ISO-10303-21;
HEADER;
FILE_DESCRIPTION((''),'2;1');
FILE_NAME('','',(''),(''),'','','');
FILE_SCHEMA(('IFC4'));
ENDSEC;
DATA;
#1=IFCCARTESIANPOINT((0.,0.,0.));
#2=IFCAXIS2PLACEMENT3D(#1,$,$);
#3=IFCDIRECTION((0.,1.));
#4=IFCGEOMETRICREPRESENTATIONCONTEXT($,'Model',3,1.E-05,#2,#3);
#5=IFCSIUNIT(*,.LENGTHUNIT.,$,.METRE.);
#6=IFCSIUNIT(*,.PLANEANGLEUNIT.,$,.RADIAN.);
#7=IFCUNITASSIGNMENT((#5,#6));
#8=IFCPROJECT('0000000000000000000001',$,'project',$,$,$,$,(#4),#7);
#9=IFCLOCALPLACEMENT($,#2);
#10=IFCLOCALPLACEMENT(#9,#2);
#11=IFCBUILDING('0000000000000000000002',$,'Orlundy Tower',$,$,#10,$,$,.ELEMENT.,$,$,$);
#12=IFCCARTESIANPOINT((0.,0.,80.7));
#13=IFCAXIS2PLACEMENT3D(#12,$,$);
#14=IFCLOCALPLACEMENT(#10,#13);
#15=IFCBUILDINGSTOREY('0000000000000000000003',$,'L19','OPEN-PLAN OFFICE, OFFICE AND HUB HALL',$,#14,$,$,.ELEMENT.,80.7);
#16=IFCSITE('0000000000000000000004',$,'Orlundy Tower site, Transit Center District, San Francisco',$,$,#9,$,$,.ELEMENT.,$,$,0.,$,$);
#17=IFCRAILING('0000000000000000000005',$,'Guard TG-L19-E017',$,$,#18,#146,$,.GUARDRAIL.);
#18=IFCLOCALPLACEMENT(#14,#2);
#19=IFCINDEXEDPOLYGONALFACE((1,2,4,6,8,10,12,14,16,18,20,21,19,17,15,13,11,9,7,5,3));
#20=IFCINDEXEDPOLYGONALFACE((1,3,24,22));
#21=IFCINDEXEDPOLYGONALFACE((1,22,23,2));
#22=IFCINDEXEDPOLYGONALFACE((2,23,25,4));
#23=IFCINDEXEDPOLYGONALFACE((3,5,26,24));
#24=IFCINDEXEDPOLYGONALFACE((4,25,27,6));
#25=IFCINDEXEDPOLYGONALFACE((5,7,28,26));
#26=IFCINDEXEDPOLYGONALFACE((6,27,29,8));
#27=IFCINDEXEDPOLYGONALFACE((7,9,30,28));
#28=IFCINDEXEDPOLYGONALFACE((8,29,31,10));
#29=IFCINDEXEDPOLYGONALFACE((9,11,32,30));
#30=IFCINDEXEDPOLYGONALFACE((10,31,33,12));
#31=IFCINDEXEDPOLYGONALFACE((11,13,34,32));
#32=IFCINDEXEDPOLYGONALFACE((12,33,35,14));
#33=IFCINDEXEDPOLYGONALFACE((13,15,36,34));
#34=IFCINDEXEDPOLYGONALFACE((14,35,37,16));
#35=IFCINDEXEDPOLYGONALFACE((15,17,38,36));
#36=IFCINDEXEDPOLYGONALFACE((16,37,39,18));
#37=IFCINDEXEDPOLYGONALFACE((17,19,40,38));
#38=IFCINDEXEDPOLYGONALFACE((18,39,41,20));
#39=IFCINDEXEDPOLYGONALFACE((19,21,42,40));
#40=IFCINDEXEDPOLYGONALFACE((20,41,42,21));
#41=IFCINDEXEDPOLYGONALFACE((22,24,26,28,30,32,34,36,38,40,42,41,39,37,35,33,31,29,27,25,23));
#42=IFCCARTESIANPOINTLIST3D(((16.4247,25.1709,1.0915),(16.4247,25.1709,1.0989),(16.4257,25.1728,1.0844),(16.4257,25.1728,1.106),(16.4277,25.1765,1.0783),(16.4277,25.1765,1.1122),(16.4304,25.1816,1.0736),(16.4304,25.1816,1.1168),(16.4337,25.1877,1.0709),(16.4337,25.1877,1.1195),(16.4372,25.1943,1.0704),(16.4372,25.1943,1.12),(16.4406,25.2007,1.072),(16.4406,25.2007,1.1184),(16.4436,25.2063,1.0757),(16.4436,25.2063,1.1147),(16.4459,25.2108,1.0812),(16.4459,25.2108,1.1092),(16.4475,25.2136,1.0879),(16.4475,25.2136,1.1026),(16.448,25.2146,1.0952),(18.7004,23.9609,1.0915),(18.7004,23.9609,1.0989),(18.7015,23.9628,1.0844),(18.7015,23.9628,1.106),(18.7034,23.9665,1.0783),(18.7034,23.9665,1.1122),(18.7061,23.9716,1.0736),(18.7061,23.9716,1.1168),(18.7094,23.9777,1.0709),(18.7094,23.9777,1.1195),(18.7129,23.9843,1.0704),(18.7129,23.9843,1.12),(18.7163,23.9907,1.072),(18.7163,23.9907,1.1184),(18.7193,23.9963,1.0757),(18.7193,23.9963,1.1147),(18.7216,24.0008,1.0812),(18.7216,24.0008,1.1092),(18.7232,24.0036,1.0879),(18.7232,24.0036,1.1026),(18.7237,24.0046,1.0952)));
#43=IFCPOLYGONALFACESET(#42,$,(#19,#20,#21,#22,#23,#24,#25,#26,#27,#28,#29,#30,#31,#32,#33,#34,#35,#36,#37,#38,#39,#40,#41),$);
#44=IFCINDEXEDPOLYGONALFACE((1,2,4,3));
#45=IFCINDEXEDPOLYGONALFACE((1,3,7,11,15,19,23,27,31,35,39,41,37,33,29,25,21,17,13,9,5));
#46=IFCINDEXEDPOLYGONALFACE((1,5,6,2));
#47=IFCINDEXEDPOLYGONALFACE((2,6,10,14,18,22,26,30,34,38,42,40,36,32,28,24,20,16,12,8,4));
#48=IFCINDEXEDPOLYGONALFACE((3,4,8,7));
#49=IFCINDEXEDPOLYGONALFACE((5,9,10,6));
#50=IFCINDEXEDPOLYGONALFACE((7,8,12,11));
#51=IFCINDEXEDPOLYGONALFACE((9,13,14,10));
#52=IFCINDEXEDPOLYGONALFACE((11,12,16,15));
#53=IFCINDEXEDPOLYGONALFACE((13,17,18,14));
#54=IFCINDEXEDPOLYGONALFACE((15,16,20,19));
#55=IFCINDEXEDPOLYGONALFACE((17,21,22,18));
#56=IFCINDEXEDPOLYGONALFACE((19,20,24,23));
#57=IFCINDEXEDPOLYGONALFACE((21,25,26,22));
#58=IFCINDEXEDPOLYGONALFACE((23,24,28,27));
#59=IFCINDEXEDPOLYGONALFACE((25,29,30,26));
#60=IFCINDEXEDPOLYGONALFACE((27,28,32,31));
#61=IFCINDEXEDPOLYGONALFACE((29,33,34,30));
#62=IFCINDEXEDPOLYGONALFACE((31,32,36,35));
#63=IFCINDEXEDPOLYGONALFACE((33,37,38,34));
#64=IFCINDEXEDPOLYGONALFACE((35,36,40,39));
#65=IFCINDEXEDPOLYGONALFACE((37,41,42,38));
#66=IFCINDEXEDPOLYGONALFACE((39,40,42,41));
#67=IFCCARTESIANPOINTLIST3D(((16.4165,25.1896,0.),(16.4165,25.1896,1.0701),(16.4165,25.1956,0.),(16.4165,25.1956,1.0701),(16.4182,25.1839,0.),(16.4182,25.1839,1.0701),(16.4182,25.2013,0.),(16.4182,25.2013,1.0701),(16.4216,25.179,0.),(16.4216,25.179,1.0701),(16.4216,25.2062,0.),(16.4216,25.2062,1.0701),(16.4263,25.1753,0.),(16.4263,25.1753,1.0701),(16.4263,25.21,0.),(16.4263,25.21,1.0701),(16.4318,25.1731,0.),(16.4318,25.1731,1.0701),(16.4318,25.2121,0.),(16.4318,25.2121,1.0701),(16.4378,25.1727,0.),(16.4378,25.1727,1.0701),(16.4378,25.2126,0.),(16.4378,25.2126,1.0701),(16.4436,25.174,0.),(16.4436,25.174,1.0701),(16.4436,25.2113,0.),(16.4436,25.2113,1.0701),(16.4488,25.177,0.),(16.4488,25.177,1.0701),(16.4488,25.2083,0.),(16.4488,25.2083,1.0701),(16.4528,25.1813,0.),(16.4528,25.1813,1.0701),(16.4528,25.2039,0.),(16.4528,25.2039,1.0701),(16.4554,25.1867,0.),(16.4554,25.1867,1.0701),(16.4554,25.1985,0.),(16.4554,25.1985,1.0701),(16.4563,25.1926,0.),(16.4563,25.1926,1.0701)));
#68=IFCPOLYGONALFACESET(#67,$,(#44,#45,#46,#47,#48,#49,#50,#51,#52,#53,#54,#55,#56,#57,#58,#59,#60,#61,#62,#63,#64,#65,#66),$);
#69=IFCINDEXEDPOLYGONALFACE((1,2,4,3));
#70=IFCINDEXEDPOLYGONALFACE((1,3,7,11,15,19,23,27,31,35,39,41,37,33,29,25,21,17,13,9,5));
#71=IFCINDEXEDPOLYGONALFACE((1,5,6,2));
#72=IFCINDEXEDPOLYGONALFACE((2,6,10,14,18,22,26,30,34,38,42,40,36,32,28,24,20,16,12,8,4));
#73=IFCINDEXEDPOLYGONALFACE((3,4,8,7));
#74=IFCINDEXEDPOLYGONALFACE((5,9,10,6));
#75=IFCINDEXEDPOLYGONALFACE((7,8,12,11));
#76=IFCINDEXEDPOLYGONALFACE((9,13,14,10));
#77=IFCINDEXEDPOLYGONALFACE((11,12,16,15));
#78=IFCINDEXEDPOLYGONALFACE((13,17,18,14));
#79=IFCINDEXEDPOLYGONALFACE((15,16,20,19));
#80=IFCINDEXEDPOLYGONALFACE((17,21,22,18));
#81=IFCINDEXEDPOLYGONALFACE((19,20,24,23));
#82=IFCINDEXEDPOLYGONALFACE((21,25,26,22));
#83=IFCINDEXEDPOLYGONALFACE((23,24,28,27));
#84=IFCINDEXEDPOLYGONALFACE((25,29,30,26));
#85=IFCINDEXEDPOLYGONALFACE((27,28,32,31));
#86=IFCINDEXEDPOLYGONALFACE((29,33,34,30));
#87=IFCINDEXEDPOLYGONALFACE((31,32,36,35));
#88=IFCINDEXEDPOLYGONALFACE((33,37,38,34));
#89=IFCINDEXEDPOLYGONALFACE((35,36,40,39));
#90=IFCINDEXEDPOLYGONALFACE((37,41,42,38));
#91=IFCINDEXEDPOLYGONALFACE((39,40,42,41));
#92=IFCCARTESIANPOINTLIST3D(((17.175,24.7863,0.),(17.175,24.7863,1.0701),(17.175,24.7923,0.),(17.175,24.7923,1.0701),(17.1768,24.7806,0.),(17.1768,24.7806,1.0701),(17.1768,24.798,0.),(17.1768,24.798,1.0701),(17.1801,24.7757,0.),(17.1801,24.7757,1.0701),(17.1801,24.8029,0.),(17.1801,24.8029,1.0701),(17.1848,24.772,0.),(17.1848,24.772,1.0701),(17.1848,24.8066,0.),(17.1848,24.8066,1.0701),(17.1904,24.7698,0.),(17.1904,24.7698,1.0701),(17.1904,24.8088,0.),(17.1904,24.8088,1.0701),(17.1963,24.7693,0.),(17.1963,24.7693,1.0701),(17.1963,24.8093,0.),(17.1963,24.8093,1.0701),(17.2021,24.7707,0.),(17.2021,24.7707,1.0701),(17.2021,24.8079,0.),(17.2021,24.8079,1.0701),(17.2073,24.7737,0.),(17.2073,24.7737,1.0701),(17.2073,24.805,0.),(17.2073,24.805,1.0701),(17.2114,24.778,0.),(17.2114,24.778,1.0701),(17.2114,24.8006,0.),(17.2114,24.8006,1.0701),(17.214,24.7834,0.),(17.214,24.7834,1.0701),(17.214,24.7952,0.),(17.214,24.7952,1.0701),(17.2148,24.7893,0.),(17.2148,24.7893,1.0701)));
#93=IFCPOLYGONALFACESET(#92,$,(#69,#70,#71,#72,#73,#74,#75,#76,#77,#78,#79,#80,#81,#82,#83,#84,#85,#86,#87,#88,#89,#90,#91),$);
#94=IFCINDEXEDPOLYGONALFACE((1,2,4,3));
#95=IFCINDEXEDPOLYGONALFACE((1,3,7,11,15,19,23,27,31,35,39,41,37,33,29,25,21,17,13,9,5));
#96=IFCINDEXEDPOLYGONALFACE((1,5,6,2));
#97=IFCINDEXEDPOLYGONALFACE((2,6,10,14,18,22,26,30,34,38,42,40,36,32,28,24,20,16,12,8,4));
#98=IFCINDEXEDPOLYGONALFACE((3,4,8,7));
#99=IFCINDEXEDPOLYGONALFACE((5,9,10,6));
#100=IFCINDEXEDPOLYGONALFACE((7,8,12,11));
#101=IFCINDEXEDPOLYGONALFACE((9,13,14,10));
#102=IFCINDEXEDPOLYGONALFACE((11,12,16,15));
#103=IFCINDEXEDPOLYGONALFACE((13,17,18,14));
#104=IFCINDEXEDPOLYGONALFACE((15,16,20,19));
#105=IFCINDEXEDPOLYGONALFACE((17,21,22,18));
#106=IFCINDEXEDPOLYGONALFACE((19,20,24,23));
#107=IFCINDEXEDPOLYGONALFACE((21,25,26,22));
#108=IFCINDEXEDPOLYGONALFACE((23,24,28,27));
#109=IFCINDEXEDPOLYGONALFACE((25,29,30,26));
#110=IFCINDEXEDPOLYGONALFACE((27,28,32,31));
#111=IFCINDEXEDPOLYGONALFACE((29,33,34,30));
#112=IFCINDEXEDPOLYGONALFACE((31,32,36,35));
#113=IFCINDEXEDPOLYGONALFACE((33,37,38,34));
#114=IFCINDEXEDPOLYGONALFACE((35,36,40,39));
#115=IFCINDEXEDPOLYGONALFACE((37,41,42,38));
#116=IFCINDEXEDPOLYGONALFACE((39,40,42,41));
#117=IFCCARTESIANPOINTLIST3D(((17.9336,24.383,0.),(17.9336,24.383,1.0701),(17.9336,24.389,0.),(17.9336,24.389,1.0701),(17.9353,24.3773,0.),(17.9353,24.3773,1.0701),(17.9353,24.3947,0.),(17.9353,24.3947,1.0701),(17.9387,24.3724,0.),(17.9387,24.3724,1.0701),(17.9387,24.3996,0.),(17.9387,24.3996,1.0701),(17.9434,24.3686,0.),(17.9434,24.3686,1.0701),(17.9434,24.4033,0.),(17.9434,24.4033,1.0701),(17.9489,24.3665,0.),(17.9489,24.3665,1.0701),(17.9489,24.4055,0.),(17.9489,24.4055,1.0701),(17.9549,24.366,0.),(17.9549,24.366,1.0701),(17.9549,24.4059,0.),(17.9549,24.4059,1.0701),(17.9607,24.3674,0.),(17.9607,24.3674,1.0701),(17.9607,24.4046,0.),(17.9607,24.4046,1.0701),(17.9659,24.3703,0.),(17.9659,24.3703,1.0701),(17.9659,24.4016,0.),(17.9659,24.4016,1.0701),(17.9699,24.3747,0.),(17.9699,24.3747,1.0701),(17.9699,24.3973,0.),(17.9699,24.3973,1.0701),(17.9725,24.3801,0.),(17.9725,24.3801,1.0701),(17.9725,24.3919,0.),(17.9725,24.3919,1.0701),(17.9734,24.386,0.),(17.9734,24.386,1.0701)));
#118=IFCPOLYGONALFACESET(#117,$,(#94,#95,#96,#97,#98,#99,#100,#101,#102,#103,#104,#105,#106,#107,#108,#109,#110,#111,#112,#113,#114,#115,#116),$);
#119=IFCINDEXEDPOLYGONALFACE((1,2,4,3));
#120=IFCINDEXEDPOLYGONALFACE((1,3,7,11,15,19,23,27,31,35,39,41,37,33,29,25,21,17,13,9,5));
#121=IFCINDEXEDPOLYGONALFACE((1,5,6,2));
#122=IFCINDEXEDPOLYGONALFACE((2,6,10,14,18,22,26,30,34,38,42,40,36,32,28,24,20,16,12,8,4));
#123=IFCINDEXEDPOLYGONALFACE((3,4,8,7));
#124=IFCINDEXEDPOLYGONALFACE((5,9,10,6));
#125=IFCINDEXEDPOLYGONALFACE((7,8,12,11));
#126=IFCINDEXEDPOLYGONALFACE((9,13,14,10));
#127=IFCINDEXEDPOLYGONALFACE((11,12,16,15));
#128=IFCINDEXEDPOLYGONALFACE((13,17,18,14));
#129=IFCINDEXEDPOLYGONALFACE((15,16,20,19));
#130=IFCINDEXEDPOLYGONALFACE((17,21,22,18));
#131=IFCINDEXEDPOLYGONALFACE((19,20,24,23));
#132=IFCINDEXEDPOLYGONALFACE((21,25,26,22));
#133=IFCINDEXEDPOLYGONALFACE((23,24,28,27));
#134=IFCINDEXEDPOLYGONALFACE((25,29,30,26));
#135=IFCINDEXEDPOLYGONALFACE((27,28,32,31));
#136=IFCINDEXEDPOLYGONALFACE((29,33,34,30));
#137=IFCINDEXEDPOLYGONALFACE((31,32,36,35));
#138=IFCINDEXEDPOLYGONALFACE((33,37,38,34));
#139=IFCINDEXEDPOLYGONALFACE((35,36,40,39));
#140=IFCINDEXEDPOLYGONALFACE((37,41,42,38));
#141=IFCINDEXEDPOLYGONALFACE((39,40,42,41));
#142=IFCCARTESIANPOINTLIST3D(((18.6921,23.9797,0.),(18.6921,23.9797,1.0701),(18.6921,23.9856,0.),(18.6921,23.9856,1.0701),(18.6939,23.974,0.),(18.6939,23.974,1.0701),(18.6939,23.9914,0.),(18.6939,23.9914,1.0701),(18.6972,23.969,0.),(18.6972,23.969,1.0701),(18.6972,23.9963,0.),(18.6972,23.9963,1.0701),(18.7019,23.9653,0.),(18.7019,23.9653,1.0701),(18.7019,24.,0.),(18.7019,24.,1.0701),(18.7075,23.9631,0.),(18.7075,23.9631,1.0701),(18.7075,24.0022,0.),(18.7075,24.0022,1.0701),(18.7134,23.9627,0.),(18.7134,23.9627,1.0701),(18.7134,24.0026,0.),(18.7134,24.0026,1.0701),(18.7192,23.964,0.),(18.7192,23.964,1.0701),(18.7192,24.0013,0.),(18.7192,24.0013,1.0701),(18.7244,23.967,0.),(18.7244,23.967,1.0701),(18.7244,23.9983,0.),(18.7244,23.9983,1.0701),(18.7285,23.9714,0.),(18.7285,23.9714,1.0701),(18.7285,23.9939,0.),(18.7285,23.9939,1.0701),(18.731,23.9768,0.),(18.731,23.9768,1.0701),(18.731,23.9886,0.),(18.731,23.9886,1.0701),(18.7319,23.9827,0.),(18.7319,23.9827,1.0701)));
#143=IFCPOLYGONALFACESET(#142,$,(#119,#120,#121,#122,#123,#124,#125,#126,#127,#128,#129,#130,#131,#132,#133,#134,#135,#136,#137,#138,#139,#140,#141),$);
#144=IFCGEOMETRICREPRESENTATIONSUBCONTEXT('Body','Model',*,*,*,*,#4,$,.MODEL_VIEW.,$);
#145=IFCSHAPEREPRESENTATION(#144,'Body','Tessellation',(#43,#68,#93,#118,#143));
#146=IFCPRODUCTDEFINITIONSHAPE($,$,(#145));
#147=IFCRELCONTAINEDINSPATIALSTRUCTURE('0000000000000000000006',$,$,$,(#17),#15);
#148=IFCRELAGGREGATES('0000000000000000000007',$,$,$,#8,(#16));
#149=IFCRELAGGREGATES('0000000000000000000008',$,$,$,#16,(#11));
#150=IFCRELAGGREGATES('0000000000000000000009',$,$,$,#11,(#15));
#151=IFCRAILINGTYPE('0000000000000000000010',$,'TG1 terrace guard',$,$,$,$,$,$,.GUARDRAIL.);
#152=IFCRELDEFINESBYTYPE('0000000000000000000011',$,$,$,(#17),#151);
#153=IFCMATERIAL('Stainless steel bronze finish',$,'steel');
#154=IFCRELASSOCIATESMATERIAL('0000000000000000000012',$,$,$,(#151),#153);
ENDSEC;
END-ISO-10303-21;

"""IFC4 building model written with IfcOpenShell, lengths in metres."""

from ifc_helpers import new_model, si_unit, direction, frame, origin, origin_2d, place, context, subcontext, project, spatial, circle, extrude, material, type_object, element, save


model = new_model("IFC4")

# Units and contexts
model_context = context("Model", 3, precision=1e-05, world=origin(), true_north=direction((0.0, 1.0)))
body_context = subcontext(model_context, "Body", "Model", "MODEL_VIEW")
ifc_project = project(units=[si_unit("LENGTHUNIT", "METRE"), si_unit("PLANEANGLEUNIT", "RADIAN")], contexts=[model_context])

# Site, building, storey
site_placement = place(None, origin())
site = spatial("IfcSite", under=ifc_project, at=site_placement, Name="Orlundy Tower site, Transit Center District, San Francisco", CompositionType="ELEMENT", RefElevation=0.0)
building_placement = place(site_placement, origin())
building = spatial("IfcBuilding", under=site, at=building_placement, Name="Orlundy Tower", CompositionType="ELEMENT")
storey_placement = place(building_placement, frame((0.0, 0.0, 80.7)))
storey = spatial("IfcBuildingStorey", under=building, at=storey_placement, Name="L19", Description="OPEN-PLAN OFFICE, OFFICE AND HUB HALL", CompositionType="ELEMENT", Elevation=80.7)

# Railing
ifc_material_1 = material(Name="Stainless steel bronze finish", Category="steel")
railing_type = type_object("IfcRailingType", Name="TG1 terrace guard", PredefinedType="GUARDRAIL", material=ifc_material_1)
railing_1_placement = place(storey_placement, frame((16.4363, 25.1926, 0.0)))
element("IfcRailing", 1, at=railing_1_placement, inside=storey, type_object=railing_type, Name="Guard TG-L19-E017", PredefinedType="GUARDRAIL", context=body_context, shape_type="SweptSolid", body=[
    extrude(circle(Radius=0.0249, at=origin_2d()), frame((0.0, 0.0, 1.0952), z_axis=(0.88295, -0.469467, 0.0), x_axis=(0.469467, 0.88295, 0.0)), (0.0, 0.0, 1.0), 2.5774),
    extrude(circle(Radius=0.02, at=origin_2d()), origin(), (0.0, 0.0, 1.0), 1.0701),
    extrude(circle(Radius=0.02, at=origin_2d()), frame((0.7585, -0.4033, 0.0)), (0.0, 0.0, 1.0), 1.0701),
    extrude(circle(Radius=0.02, at=origin_2d()), frame((1.5171, -0.8066, 0.0)), (0.0, 0.0, 1.0), 1.0701),
    extrude(circle(Radius=0.02, at=origin_2d()), frame((2.2756, -1.21, 0.0)), (0.0, 0.0, 1.0), 1.0701),
])

save(model, "model.ifc")
